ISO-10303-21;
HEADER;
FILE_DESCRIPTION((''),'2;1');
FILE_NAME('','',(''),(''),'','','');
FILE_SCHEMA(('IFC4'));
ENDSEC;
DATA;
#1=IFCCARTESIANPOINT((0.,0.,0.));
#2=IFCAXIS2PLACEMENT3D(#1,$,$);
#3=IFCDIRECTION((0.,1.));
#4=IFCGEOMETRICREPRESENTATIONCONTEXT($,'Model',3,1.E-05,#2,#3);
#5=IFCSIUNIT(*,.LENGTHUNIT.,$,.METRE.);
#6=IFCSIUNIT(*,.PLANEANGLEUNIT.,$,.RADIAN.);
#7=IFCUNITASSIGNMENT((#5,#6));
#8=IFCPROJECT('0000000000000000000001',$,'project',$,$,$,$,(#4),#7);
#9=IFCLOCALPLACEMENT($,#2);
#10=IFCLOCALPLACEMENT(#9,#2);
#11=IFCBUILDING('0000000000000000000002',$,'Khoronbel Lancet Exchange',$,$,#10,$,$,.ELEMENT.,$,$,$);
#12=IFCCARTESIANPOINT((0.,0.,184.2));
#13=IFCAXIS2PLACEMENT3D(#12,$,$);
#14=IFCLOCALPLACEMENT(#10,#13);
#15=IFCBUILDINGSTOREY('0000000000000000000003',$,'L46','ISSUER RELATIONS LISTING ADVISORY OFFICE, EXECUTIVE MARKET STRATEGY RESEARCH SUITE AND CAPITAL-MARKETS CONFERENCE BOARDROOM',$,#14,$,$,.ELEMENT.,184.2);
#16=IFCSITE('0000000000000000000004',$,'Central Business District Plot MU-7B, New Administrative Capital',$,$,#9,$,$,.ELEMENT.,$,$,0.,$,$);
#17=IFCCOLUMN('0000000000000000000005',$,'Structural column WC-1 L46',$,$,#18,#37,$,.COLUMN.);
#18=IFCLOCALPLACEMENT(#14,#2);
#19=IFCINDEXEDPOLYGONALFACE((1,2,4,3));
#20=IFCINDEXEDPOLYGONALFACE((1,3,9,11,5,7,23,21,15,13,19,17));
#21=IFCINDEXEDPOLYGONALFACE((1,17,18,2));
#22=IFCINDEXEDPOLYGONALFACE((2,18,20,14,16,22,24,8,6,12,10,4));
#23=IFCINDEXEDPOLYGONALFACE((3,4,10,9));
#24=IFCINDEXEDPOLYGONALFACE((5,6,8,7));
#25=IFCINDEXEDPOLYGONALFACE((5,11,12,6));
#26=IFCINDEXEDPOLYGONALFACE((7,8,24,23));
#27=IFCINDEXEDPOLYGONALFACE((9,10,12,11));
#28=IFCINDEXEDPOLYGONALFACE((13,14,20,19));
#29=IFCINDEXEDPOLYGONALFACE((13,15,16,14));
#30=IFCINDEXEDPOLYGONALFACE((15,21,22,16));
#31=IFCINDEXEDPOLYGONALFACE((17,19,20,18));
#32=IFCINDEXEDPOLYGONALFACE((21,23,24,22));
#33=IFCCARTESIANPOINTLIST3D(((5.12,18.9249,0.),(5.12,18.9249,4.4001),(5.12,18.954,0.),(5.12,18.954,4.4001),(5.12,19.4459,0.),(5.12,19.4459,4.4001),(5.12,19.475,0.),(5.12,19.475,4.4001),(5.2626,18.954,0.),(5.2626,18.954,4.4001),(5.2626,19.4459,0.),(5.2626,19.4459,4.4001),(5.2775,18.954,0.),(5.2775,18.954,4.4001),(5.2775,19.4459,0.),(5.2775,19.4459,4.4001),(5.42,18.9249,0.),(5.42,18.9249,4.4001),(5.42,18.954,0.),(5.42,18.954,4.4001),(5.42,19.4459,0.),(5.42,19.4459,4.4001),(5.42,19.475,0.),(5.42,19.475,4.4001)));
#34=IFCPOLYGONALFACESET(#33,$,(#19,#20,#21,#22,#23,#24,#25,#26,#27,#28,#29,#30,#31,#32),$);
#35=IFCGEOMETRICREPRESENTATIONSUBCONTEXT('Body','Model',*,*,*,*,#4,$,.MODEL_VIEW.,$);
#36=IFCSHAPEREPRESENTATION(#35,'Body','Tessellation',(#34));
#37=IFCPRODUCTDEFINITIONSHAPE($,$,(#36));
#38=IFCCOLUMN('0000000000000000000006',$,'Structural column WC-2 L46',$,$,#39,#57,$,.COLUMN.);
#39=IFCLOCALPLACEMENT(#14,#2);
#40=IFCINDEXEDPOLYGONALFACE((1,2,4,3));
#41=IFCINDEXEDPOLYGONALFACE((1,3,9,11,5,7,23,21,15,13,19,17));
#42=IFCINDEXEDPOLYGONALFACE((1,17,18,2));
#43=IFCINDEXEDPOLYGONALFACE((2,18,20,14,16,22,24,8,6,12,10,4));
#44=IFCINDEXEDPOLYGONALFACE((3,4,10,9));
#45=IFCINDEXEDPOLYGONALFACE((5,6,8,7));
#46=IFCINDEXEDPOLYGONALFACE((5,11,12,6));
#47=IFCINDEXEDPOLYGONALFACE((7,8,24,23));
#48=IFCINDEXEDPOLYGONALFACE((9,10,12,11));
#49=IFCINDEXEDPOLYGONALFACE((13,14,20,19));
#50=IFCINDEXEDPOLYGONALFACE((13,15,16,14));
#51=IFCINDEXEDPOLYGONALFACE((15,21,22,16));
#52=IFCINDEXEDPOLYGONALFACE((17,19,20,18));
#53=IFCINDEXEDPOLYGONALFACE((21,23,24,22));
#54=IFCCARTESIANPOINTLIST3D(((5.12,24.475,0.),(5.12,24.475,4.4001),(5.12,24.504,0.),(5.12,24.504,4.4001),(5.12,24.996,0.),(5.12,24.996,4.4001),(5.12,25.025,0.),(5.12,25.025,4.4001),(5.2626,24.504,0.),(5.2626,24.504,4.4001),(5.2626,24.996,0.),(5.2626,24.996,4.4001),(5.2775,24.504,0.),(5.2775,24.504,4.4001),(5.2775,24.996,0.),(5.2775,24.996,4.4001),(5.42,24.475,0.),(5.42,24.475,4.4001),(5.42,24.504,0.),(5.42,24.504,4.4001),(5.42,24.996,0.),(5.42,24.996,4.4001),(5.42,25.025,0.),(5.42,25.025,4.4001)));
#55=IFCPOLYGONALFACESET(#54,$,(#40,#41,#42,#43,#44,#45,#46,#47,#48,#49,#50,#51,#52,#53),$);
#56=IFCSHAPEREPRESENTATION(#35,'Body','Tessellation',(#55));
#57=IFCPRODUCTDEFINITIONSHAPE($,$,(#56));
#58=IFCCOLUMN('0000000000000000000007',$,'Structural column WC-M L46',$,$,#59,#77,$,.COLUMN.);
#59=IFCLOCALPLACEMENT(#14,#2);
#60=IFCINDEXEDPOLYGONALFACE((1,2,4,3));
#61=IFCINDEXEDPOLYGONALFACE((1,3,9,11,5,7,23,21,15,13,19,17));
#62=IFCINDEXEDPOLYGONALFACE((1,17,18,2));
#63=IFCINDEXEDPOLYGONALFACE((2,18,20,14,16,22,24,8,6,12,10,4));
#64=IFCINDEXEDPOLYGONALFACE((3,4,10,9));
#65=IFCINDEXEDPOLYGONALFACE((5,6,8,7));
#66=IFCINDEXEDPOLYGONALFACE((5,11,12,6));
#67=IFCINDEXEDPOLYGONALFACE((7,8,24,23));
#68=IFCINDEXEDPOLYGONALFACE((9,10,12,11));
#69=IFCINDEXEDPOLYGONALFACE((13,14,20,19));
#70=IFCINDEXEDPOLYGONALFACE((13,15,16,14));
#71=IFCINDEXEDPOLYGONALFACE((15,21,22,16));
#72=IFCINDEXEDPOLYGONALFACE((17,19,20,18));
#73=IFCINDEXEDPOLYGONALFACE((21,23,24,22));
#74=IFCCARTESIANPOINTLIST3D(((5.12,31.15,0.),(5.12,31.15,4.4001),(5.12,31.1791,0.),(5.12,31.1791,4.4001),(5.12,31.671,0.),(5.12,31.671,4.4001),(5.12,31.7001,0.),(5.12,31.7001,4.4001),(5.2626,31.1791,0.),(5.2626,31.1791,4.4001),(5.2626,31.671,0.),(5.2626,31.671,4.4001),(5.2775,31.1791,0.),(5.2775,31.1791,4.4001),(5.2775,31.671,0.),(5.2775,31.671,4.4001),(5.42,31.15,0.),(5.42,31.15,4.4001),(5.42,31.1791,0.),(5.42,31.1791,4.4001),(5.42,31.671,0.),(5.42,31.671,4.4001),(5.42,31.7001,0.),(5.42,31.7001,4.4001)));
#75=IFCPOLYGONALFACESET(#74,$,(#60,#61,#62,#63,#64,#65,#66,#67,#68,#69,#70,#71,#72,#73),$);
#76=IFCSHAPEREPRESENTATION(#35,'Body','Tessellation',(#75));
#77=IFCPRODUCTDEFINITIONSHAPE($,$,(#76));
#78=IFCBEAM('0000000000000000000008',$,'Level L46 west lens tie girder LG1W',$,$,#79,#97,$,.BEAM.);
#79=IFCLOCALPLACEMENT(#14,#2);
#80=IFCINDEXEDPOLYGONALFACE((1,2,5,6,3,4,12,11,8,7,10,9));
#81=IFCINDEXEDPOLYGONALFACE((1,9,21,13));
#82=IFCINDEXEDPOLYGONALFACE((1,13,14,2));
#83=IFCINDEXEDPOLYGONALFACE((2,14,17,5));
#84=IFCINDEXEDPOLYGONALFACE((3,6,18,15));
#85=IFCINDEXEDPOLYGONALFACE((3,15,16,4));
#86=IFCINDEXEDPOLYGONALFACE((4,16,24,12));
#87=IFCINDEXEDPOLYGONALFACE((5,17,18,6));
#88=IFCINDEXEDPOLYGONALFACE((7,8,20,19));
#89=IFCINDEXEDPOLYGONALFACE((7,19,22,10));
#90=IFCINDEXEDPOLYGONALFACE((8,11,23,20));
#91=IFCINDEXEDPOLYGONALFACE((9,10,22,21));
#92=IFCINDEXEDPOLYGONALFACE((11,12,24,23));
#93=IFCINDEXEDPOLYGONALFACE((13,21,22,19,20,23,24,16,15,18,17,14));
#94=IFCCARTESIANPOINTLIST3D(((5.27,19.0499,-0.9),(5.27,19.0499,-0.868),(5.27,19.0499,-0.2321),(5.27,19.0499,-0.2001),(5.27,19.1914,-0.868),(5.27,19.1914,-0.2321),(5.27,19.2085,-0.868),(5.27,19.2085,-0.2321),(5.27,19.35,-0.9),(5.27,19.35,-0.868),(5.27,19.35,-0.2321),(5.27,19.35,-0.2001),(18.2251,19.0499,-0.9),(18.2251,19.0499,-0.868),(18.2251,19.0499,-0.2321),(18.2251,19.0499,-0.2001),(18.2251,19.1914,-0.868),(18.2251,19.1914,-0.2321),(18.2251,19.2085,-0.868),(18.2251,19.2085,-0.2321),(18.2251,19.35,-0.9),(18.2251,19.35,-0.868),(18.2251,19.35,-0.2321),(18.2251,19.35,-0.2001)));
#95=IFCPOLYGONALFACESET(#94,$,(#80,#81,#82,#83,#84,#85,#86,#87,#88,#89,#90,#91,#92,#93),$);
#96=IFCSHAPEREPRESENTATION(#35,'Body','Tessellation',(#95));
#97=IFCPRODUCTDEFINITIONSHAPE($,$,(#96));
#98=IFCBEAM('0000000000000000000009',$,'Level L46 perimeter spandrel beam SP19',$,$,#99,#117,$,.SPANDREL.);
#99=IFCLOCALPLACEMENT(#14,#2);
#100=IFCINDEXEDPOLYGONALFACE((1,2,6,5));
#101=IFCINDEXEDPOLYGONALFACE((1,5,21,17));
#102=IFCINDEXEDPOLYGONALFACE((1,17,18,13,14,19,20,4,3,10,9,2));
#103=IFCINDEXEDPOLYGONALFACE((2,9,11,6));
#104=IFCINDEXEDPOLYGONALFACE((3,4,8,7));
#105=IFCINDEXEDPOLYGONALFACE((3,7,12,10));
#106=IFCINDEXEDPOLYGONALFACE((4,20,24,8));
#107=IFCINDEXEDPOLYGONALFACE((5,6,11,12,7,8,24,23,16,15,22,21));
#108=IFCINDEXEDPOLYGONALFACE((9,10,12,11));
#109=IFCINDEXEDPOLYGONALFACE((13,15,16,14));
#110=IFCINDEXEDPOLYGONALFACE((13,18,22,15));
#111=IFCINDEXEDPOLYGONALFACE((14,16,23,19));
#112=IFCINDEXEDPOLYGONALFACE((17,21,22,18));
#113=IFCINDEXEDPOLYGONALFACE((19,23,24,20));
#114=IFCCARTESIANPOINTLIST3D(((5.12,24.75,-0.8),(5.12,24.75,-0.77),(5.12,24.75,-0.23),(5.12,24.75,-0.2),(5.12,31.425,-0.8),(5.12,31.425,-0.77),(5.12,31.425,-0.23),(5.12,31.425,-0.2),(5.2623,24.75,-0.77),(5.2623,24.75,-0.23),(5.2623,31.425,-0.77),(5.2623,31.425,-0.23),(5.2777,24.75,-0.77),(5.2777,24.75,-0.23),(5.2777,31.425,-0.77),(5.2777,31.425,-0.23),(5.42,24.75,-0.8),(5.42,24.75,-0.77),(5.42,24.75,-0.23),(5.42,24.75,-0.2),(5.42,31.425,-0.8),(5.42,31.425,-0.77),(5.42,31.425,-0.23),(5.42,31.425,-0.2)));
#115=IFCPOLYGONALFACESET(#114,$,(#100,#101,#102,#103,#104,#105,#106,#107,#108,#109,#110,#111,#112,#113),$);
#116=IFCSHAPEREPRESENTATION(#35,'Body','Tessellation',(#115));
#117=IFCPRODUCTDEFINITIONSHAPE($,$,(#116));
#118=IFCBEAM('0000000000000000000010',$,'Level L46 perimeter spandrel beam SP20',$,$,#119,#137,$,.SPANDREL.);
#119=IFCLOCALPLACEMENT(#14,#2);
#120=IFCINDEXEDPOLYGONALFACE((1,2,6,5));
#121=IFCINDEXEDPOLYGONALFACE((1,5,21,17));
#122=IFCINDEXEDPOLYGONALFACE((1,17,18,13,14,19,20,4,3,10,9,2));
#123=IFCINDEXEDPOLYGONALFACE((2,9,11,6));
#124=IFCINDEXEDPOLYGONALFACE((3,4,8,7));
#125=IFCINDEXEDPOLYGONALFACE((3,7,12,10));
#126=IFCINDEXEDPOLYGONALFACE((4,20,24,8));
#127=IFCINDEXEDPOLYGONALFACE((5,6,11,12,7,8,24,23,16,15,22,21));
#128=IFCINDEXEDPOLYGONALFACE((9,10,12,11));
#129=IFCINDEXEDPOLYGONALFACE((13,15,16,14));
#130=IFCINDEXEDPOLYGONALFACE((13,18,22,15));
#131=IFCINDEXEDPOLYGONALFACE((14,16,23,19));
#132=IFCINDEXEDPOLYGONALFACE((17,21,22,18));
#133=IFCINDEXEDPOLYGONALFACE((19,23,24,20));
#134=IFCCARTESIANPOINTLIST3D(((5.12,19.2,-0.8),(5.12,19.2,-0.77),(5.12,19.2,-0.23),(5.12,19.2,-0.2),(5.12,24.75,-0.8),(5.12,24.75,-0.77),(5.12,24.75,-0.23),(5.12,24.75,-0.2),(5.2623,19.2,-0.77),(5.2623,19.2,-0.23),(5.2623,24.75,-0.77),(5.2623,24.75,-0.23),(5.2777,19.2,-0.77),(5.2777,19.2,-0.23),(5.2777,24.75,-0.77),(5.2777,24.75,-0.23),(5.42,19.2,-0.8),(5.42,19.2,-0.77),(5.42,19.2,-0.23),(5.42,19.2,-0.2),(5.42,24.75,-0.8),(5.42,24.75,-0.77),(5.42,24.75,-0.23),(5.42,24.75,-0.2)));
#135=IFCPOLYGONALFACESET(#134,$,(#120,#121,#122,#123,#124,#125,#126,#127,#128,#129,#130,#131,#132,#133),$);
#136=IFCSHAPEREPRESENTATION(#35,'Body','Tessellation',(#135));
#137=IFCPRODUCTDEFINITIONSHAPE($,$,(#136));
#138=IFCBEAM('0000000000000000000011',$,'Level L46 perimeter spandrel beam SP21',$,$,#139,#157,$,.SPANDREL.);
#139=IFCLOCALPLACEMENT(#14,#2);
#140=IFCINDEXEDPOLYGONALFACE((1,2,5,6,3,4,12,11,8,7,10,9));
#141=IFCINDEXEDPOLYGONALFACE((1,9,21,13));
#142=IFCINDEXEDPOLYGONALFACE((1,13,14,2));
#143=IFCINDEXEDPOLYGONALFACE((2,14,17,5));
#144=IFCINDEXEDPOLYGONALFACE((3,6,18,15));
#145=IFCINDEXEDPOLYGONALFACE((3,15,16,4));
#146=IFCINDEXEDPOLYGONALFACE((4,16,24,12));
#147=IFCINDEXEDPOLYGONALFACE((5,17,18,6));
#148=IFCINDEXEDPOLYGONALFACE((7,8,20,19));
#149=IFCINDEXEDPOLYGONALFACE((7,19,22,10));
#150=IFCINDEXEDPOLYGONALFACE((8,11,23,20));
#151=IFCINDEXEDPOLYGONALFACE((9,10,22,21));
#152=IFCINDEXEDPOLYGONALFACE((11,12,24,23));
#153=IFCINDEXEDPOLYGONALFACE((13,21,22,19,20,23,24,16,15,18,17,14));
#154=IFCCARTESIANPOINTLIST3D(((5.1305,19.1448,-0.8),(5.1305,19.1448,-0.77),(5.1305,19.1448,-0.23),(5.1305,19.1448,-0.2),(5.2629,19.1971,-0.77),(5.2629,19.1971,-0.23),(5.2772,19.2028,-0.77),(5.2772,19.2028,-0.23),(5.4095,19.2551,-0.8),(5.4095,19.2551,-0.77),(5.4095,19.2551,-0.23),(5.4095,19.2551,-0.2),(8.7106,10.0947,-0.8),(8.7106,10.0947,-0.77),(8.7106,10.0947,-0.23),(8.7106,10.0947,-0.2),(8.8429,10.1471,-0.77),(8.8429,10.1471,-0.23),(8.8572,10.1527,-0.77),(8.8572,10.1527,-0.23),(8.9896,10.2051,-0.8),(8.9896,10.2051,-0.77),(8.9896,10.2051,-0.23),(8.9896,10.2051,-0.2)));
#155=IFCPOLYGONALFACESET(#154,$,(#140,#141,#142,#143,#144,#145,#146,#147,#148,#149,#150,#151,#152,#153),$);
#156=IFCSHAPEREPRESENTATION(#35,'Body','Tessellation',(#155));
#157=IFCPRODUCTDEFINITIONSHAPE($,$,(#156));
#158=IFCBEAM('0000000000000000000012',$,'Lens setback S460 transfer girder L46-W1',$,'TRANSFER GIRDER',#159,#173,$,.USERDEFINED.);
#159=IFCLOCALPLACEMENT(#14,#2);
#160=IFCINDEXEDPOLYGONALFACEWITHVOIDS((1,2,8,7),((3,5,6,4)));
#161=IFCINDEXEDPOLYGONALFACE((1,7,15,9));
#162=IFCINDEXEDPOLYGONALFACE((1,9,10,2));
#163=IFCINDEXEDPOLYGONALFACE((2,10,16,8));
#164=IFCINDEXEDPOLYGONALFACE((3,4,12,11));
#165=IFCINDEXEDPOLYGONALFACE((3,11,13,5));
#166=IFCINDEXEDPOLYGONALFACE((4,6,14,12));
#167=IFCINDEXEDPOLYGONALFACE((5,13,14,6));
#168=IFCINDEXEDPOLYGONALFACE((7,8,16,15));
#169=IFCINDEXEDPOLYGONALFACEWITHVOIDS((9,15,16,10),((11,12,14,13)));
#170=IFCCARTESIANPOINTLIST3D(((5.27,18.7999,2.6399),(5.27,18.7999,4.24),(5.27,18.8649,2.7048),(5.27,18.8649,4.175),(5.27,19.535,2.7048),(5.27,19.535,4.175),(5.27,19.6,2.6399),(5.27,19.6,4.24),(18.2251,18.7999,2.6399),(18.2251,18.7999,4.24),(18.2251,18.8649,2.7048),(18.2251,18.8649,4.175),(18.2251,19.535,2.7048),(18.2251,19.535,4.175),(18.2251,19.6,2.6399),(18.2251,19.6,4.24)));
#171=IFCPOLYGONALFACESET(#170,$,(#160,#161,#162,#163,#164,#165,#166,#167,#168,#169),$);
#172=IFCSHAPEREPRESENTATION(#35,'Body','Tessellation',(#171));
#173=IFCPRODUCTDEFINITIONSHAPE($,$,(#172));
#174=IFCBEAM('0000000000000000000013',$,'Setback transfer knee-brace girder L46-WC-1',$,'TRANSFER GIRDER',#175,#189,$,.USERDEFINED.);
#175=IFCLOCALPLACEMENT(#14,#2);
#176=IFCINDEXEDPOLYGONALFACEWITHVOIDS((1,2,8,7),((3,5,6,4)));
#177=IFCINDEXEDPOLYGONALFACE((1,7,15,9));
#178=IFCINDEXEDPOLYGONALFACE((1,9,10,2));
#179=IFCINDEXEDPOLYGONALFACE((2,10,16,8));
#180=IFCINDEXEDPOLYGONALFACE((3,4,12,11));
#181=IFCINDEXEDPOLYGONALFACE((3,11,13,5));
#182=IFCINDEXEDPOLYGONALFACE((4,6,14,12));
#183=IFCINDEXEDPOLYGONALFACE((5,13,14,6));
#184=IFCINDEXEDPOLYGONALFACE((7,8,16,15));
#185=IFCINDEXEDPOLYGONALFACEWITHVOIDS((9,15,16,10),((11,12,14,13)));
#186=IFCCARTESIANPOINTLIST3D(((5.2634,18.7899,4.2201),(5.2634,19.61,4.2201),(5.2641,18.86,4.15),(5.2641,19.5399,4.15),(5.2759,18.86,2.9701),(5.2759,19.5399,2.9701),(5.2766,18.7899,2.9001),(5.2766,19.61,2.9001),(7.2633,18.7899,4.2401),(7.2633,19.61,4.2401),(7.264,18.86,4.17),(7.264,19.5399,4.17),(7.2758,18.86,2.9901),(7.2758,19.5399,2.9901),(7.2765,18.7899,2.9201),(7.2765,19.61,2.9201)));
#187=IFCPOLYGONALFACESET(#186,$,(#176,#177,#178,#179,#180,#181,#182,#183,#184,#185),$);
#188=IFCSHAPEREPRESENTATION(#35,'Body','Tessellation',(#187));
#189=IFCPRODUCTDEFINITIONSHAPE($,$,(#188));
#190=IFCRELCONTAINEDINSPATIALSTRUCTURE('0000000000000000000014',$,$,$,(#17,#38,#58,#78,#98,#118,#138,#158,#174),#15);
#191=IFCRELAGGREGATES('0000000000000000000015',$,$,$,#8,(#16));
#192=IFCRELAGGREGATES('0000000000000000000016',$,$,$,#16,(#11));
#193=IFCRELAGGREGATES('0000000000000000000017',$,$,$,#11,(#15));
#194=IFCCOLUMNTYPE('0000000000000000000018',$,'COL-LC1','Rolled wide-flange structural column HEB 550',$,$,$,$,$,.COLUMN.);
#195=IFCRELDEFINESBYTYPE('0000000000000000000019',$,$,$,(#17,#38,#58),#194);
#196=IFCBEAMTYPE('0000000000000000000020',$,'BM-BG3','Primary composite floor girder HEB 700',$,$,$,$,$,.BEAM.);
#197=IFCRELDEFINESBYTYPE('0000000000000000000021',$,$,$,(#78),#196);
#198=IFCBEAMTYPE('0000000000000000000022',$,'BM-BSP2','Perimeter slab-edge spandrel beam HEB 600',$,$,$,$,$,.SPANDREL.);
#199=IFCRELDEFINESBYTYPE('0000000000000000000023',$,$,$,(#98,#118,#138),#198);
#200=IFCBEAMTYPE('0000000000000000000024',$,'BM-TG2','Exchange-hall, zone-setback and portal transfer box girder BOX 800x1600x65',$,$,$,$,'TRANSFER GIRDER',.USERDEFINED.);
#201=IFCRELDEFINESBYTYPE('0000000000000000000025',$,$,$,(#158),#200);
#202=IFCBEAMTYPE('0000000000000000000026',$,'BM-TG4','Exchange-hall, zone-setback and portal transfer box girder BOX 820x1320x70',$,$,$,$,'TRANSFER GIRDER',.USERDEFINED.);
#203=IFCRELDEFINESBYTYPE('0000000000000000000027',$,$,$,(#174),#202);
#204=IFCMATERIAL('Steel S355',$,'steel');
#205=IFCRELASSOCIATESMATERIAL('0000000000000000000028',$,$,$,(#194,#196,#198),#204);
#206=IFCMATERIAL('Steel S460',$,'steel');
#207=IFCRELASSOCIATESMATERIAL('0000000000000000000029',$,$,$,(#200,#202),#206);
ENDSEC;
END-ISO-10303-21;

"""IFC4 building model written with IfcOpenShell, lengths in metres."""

from ifc_helpers import new_model, si_unit, direction, frame, origin, origin_2d, place, context, subcontext, project, spatial, hollow_rectangle, i_section, extrude, material, material_profile, profile_set, type_object, element, save


model = new_model("IFC4")

# Units and contexts
model_context = context("Model", 3, precision=1e-05, world=origin(), true_north=direction((0.0, 1.0)))
body_context = subcontext(model_context, "Body", "Model", "MODEL_VIEW")
ifc_project = project(units=[si_unit("LENGTHUNIT", "METRE"), si_unit("PLANEANGLEUNIT", "RADIAN")], contexts=[model_context])

# Site, building, storey
site_placement = place(None, origin())
site = spatial("IfcSite", under=ifc_project, at=site_placement, Name="Central Business District Plot MU-7B, New Administrative Capital", CompositionType="ELEMENT", RefElevation=0.0)
building_placement = place(site_placement, origin())
building = spatial("IfcBuilding", under=site, at=building_placement, Name="Khoronbel Lancet Exchange", CompositionType="ELEMENT")
storey_placement = place(building_placement, frame((0.0, 0.0, 184.2)))
storey = spatial("IfcBuildingStorey", under=building, at=storey_placement, Name="L46", Description="ISSUER RELATIONS LISTING ADVISORY OFFICE, EXECUTIVE MARKET STRATEGY RESEARCH SUITE AND CAPITAL-MARKETS CONFERENCE BOARDROOM", CompositionType="ELEMENT", Elevation=184.2)

# Columns
ifc_material_1 = material(Name="Steel S355", Category="steel")
ifc_material_profile_1 = material_profile(ifc_material_1, i_section(OverallWidth=0.3, OverallDepth=0.55, WebThickness=0.0149, FlangeThickness=0.0291, at=origin_2d()), Name="HEB 550")
ifc_profile_set_1 = profile_set([ifc_material_profile_1], Name="Steel S355")
column_type = type_object("IfcColumnType", Name="COL-LC1", Description="Rolled wide-flange structural column HEB 550", PredefinedType="COLUMN", material=ifc_profile_set_1)
for number, where, z_axis, x_axis, name in (
    (1, (5.27, 19.2, 0.0), (0.0, 0.0, 1.0), (1.0, 0.0, 0.0), "Structural column WC-1 L46"),
    (2, (5.27, 24.75, 0.0), (0.0, 0.0, 1.0), (1.0, 0.0, 0.0), "Structural column WC-2 L46"),
    (3, (5.27, 31.425, 0.0), (0.0, 0.0, 1.0), (1.0, 0.0, 0.0), "Structural column WC-M L46"),
):
    element("IfcColumn", number, at=place(storey_placement, frame(where, z_axis=z_axis, x_axis=x_axis)), inside=storey, type_object=column_type, Name=name, PredefinedType="COLUMN", context=body_context, shape_type="SweptSolid", body=[
        extrude(i_section(OverallWidth=0.3, OverallDepth=0.55, WebThickness=0.0149, FlangeThickness=0.0291, at=origin_2d()), origin(), (0.0, 0.0, 1.0), 4.4001),
    ])

# Beams
ifc_material_profile_2 = material_profile(ifc_material_1, i_section(OverallWidth=0.3, OverallDepth=0.7, WebThickness=0.0171, FlangeThickness=0.032, at=origin_2d()), Name="HEB 700")
ifc_profile_set_2 = profile_set([ifc_material_profile_2], Name="Steel S355")
beam_type_1 = type_object("IfcBeamType", Name="BM-BG3", Description="Primary composite floor girder HEB 700", PredefinedType="BEAM", material=ifc_profile_set_2)
beam_1_placement = place(storey_placement, frame((5.27, 19.2, -0.55), z_axis=(1.0, 0.0, 0.0), x_axis=(0.0, 1.0, 0.0)))
element("IfcBeam", 4, at=beam_1_placement, inside=storey, type_object=beam_type_1, Name="Level L46 west lens tie girder LG1W", PredefinedType="BEAM", context=body_context, shape_type="SweptSolid", body=[
    extrude(i_section(OverallWidth=0.3, OverallDepth=0.7, WebThickness=0.0171, FlangeThickness=0.032, at=origin_2d()), origin(), (0.0, 0.0, 1.0), 12.9551),
])
ifc_material_profile_3 = material_profile(ifc_material_1, i_section(OverallWidth=0.3, OverallDepth=0.6001, WebThickness=0.0154, FlangeThickness=0.03, at=origin_2d()), Name="HEB 600")
ifc_profile_set_3 = profile_set([ifc_material_profile_3], Name="Steel S355")
beam_type_2 = type_object("IfcBeamType", Name="BM-BSP2", Description="Perimeter slab-edge spandrel beam HEB 600", PredefinedType="SPANDREL", material=ifc_profile_set_3)
beam_2_placement = place(storey_placement, frame((5.27, 31.425, -0.5), z_axis=(0.0, -1.0, 0.0), x_axis=(1.0, 0.0, 0.0)))
element("IfcBeam", 5, at=beam_2_placement, inside=storey, type_object=beam_type_2, Name="Level L46 perimeter spandrel beam SP19", PredefinedType="SPANDREL", context=body_context, shape_type="SweptSolid", body=[
    extrude(i_section(OverallWidth=0.3, OverallDepth=0.6001, WebThickness=0.0154, FlangeThickness=0.03, at=origin_2d()), origin(), (0.0, 0.0, 1.0), 6.675),
])
beam_3_placement = place(storey_placement, frame((5.27, 24.75, -0.5), z_axis=(0.0, -1.0, 0.0), x_axis=(1.0, 0.0, 0.0)))
element("IfcBeam", 6, at=beam_3_placement, inside=storey, type_object=beam_type_2, Name="Level L46 perimeter spandrel beam SP20", PredefinedType="SPANDREL", context=body_context, shape_type="SweptSolid", body=[
    extrude(i_section(OverallWidth=0.3, OverallDepth=0.6001, WebThickness=0.0154, FlangeThickness=0.03, at=origin_2d()), origin(), (0.0, 0.0, 1.0), 5.55),
])
beam_4_placement = place(storey_placement, frame((5.27, 19.2, -0.5), z_axis=(0.36785, -0.929885, 0.0), x_axis=(0.929885, 0.36785, 0.0)))
element("IfcBeam", 7, at=beam_4_placement, inside=storey, type_object=beam_type_2, Name="Level L46 perimeter spandrel beam SP21", PredefinedType="SPANDREL", context=body_context, shape_type="SweptSolid", body=[
    extrude(i_section(OverallWidth=0.3, OverallDepth=0.6001, WebThickness=0.0154, FlangeThickness=0.03, at=origin_2d()), origin(), (0.0, 0.0, 1.0), 9.7324),
])
ifc_material_2 = material(Name="Steel S460", Category="steel")
ifc_material_profile_4 = material_profile(ifc_material_2, hollow_rectangle(XDim=0.8, YDim=1.6001, WallThickness=0.0649, at=origin_2d()), Name="BOX 800x1600x65")
ifc_profile_set_4 = profile_set([ifc_material_profile_4], Name="Steel S460")
beam_type_3 = type_object("IfcBeamType", Name="BM-TG2", Description="Exchange-hall, zone-setback and portal transfer box girder BOX 800x1600x65", ElementType="TRANSFER GIRDER", PredefinedType="USERDEFINED", material=ifc_profile_set_4)
beam_5_placement = place(storey_placement, frame((5.27, 19.2, 3.4399), z_axis=(1.0, 0.0, 0.0), x_axis=(0.0, 1.0, 0.0)))
element("IfcBeam", 8, at=beam_5_placement, inside=storey, type_object=beam_type_3, Name="Lens setback S460 transfer girder L46-W1", ObjectType="TRANSFER GIRDER", PredefinedType="USERDEFINED", context=body_context, shape_type="SweptSolid", body=[
    extrude(hollow_rectangle(XDim=0.8, YDim=1.6001, WallThickness=0.0649, at=origin_2d()), origin(), (0.0, 0.0, 1.0), 12.9551),
])
ifc_material_profile_5 = material_profile(ifc_material_2, hollow_rectangle(XDim=0.8201, YDim=1.3201, WallThickness=0.0701, at=origin_2d()), Name="BOX 820x1320x70")
ifc_profile_set_5 = profile_set([ifc_material_profile_5], Name="Steel S460")
beam_type_4 = type_object("IfcBeamType", Name="BM-TG4", Description="Exchange-hall, zone-setback and portal transfer box girder BOX 820x1320x70", ElementType="TRANSFER GIRDER", PredefinedType="USERDEFINED", material=ifc_profile_set_5)
for number, where, z_axis, x_axis, name in (
    (9, (5.27, 19.2, 3.5601), (0.99995, 0.0, 0.010009), (0.0, 1.0, 0.0), "Setback transfer knee-brace girder L46-WC-1"),
):
    element("IfcBeam", number, at=place(storey_placement, frame(where, z_axis=z_axis, x_axis=x_axis)), inside=storey, type_object=beam_type_4, Name=name, ObjectType="TRANSFER GIRDER", PredefinedType="USERDEFINED", context=body_context, shape_type="SweptSolid", body=[
        extrude(hollow_rectangle(XDim=0.8201, YDim=1.3201, WallThickness=0.0701, at=origin_2d()), origin(), (0.0, 0.0, 1.0), 2.0),
    ])

save(model, "model.ifc")
